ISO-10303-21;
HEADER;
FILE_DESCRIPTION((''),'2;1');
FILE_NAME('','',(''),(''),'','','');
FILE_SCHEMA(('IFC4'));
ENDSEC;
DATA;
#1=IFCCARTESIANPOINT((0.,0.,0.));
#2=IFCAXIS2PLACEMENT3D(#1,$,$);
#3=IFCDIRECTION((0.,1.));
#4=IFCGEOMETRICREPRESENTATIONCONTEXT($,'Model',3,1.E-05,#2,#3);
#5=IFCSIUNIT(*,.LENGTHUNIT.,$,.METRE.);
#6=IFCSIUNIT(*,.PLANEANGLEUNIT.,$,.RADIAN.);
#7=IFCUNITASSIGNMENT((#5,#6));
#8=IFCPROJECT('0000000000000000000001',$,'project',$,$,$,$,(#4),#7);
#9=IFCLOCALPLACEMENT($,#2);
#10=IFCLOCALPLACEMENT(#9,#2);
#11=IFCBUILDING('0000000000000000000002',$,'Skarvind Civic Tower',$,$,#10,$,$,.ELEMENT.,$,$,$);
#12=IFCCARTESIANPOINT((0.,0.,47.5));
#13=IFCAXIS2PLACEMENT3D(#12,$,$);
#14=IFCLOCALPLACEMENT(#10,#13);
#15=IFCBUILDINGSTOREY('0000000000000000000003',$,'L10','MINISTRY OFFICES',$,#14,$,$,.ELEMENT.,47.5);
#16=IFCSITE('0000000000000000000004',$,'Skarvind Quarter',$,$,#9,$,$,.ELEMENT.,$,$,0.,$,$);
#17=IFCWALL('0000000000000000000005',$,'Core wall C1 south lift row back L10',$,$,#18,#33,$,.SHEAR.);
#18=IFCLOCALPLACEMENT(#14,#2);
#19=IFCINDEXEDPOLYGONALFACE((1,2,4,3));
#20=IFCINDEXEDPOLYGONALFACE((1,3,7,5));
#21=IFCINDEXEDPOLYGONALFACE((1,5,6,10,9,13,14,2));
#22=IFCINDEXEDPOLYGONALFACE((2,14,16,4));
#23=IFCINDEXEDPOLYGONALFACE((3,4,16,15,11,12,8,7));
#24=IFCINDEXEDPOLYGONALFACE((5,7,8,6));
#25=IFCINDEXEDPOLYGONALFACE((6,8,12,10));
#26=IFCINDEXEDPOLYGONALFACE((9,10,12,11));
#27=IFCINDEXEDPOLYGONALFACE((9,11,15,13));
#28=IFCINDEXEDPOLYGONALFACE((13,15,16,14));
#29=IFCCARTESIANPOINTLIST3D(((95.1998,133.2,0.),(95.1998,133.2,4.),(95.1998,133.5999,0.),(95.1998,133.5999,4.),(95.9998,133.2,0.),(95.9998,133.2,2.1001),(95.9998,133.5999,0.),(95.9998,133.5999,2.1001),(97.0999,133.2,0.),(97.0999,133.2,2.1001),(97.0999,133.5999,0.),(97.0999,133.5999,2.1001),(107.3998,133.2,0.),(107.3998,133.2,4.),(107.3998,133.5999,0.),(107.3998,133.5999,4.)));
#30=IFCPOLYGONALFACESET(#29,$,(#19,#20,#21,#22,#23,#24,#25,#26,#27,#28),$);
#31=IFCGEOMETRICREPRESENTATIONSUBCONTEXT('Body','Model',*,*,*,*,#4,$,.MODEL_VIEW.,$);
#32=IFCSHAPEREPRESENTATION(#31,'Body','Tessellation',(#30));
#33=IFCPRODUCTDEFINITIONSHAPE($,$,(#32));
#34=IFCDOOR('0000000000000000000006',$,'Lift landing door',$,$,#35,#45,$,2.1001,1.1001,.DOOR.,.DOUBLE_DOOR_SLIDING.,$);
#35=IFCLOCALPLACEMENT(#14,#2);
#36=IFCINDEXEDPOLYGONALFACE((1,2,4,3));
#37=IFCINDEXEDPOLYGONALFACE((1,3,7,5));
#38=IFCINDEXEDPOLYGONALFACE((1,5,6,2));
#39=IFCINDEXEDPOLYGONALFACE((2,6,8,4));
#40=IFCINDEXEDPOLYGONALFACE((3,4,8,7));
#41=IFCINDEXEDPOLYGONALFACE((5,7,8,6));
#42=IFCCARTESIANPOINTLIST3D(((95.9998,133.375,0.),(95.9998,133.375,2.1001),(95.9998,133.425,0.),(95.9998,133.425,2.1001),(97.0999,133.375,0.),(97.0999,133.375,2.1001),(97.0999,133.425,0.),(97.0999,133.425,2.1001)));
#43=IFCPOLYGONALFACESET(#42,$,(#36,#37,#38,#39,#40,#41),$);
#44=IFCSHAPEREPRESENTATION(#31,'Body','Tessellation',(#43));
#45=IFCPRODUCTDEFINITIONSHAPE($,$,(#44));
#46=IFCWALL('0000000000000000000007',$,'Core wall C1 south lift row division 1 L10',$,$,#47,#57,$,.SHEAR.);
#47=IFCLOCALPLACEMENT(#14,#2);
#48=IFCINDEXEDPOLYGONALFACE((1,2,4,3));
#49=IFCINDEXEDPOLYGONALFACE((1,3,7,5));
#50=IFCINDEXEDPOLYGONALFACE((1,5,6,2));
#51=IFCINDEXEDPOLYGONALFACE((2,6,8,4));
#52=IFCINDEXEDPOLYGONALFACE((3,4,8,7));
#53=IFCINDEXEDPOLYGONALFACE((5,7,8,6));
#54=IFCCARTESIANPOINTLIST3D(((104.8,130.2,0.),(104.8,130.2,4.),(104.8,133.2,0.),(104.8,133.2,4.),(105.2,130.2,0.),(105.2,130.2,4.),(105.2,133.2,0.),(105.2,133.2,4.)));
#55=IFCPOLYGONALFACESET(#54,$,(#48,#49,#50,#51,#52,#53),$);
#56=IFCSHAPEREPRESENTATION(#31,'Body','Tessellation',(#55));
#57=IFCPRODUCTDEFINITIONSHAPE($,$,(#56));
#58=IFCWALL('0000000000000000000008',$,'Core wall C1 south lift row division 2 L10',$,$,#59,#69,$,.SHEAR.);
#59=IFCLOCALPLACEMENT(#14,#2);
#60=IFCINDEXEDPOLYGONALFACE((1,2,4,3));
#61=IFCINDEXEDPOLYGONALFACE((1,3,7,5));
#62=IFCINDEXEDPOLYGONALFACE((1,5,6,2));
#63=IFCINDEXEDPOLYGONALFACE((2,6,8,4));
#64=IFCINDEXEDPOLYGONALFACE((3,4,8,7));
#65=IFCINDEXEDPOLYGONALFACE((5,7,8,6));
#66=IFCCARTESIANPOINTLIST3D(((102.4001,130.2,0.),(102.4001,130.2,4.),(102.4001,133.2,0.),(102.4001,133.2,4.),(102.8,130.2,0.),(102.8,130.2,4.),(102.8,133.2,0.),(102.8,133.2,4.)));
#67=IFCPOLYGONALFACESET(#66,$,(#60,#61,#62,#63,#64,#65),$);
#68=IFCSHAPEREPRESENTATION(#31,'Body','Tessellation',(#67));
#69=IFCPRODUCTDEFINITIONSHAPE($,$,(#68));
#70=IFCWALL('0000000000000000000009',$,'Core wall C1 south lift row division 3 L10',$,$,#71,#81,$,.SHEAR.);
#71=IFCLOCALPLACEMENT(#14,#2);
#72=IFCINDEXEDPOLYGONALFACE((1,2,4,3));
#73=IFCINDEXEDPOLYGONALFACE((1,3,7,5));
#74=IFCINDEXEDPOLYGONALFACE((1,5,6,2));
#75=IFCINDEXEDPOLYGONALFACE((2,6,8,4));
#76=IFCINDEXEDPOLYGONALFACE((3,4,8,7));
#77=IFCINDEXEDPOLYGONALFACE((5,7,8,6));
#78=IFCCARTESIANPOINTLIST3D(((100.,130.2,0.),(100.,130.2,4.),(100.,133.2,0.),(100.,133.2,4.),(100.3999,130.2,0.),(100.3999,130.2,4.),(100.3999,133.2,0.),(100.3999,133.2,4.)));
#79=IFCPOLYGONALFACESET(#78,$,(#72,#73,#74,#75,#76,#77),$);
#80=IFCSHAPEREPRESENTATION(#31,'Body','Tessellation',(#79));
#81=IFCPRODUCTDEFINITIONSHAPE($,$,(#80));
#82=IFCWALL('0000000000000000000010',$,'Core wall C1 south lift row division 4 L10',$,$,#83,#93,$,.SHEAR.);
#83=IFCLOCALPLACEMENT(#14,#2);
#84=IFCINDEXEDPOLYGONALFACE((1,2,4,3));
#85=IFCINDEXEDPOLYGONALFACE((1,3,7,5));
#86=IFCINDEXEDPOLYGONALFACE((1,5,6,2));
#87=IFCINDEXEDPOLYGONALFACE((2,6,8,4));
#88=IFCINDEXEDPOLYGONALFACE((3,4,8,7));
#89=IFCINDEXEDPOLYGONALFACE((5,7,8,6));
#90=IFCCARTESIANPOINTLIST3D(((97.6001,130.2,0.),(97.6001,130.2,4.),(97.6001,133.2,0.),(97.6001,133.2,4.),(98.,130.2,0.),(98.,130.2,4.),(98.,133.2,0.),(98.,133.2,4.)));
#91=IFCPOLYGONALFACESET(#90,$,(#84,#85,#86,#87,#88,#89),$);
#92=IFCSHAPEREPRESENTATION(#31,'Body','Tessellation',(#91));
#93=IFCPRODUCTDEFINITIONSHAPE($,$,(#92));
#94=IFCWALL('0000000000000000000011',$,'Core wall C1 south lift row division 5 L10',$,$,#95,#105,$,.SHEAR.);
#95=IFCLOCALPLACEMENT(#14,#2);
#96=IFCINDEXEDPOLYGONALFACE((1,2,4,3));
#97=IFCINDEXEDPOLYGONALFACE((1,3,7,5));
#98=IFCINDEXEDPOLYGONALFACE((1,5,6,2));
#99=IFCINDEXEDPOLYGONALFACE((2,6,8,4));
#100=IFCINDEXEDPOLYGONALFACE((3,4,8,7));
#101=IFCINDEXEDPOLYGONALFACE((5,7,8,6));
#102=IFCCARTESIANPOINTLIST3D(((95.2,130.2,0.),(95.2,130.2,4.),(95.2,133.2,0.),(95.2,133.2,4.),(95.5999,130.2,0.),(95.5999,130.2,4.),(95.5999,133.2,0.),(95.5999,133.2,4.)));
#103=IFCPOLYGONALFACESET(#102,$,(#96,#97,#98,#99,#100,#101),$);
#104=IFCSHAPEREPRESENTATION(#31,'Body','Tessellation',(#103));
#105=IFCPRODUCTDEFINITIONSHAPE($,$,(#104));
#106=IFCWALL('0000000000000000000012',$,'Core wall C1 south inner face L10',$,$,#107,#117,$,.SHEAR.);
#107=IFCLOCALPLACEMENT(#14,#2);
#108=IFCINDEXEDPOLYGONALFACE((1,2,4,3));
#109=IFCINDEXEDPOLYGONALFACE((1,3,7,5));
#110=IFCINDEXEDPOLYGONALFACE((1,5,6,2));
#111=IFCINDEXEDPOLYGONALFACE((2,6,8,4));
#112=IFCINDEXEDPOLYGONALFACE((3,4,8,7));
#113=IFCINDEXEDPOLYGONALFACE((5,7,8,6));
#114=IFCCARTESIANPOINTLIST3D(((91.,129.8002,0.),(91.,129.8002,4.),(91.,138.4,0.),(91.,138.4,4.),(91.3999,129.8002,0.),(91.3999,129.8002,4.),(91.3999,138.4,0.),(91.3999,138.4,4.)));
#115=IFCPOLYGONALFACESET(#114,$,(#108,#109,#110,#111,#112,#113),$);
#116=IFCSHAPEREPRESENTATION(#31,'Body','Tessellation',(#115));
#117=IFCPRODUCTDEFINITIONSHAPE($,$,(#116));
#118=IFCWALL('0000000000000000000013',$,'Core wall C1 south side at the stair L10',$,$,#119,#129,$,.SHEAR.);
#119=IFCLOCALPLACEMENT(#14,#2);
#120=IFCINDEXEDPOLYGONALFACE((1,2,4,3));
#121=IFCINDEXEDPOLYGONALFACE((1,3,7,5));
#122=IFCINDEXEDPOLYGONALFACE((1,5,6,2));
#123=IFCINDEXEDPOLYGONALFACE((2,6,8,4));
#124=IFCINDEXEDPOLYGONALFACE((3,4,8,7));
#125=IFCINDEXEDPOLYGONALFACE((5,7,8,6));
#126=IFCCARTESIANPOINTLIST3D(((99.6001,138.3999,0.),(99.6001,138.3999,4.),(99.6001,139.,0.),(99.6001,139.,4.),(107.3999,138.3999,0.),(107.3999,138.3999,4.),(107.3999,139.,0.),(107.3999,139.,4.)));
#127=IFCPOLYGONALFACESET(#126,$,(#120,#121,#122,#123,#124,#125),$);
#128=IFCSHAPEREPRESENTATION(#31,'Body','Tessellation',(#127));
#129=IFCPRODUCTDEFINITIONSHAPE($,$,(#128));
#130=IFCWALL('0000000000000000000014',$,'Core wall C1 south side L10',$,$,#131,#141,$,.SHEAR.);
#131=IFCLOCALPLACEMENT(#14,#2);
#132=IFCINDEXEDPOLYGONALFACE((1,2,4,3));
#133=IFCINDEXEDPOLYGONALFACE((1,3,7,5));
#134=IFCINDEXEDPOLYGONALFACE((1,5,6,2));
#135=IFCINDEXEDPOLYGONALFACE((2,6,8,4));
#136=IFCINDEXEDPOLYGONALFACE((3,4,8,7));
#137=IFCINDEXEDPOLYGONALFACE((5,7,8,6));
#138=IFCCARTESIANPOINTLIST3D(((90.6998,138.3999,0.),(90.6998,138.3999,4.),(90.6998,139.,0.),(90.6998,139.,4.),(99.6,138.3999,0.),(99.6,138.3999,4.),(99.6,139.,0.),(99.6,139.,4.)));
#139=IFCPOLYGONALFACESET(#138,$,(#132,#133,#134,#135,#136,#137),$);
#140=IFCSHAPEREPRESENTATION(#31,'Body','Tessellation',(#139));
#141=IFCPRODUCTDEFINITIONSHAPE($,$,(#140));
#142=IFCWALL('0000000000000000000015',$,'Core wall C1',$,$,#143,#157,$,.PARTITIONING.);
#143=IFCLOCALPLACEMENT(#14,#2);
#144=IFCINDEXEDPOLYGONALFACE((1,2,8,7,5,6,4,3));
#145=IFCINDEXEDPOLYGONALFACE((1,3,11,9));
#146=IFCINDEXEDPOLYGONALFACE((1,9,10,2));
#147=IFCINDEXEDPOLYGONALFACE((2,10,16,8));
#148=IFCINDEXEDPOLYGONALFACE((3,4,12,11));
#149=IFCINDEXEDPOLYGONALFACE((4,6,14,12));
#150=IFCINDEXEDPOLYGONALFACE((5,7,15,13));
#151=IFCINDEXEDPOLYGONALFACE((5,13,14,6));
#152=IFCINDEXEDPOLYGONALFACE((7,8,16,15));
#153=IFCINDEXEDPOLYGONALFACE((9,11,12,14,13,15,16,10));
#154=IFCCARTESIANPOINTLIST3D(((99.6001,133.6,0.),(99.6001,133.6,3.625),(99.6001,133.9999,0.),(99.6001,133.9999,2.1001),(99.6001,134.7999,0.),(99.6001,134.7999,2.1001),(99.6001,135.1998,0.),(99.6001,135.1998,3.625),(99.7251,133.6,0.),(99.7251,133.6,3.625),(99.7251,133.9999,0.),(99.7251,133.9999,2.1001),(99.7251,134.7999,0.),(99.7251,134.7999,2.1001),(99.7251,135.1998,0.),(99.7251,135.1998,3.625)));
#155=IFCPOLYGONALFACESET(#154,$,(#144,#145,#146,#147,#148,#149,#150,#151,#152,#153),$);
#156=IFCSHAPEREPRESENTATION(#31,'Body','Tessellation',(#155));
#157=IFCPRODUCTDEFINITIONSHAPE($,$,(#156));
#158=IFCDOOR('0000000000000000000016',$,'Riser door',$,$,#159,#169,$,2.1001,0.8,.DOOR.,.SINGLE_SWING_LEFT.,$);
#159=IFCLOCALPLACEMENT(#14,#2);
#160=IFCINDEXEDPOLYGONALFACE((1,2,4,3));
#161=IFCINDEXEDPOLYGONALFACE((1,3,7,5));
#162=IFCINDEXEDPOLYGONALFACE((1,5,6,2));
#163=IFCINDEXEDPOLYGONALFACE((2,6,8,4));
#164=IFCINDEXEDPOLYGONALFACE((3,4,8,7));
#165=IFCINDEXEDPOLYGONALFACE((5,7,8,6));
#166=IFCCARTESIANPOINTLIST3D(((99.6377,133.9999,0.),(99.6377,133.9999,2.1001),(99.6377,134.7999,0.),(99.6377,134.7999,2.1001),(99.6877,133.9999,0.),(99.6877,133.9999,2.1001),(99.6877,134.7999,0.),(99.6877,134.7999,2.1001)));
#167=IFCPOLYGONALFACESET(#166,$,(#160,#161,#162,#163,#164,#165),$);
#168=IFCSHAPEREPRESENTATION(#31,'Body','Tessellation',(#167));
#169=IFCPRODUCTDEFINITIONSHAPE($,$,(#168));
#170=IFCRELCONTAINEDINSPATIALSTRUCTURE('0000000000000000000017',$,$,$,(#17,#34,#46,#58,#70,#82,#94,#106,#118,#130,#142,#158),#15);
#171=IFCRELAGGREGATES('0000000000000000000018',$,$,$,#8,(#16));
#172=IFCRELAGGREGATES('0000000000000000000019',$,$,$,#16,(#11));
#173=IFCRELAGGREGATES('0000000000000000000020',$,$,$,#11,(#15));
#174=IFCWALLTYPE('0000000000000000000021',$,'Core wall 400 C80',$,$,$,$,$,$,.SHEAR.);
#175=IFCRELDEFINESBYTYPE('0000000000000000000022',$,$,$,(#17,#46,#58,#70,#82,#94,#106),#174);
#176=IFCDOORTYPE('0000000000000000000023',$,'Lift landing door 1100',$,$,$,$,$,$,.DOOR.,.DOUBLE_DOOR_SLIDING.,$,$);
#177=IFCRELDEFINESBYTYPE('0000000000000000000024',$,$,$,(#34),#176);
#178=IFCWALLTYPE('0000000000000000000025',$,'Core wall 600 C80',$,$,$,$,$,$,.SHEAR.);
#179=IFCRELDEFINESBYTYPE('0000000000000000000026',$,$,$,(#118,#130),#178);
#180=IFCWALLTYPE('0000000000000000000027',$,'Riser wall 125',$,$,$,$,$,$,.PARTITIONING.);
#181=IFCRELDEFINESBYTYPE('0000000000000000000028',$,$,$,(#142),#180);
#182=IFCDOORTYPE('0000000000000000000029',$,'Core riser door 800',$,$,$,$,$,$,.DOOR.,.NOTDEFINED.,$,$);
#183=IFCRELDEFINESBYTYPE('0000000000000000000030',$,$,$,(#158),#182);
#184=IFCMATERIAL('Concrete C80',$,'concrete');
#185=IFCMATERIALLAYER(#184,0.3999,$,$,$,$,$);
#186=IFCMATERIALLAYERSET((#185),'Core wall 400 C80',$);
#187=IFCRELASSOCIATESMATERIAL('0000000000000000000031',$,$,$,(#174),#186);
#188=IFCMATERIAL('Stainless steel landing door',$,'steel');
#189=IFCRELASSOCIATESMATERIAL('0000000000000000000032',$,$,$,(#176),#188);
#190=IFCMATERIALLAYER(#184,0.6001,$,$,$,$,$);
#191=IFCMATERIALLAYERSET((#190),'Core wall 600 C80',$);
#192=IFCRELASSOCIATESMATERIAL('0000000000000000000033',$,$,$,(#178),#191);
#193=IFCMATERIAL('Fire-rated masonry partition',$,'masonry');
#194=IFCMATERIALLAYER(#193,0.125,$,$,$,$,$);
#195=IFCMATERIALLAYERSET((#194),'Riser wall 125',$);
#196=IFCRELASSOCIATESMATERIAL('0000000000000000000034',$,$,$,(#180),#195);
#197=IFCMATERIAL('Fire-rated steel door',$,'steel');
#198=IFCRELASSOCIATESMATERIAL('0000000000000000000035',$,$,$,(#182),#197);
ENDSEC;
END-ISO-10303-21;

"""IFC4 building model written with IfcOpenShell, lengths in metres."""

from ifc_helpers import new_model, si_unit, direction, frame, frame_2d, origin, place, context, subcontext, project, spatial, rectangle, extrude, material, layer, layer_set, type_object, element, fill, save


model = new_model("IFC4")

# Units and contexts
model_context = context("Model", 3, precision=1e-05, world=origin(), true_north=direction((0.0, 1.0)))
body_context = subcontext(model_context, "Body", "Model", "MODEL_VIEW")
ifc_project = project(units=[si_unit("LENGTHUNIT", "METRE"), si_unit("PLANEANGLEUNIT", "RADIAN")], contexts=[model_context])

# Site, building, storey
site_placement = place(None, origin())
site = spatial("IfcSite", under=ifc_project, at=site_placement, Name="Skarvind Quarter", CompositionType="ELEMENT", RefElevation=0.0)
building_placement = place(site_placement, origin())
building = spatial("IfcBuilding", under=site, at=building_placement, Name="Skarvind Civic Tower", CompositionType="ELEMENT")
storey_placement = place(building_placement, frame((0.0, 0.0, 47.5)))
storey = spatial("IfcBuildingStorey", under=building, at=storey_placement, Name="L10", Description="MINISTRY OFFICES", CompositionType="ELEMENT", Elevation=47.5)

# Shared definitions
ifc_material_1 = material(Name="Fire-rated masonry partition", Category="masonry")
ifc_material_2 = material(Name="Fire-rated steel door", Category="steel")

# Shared definitions
ifc_material_3 = material(Name="Concrete C80", Category="concrete")
ifc_layer_1 = layer(ifc_material_3, 0.3999)
ifc_layer_set_1 = layer_set([ifc_layer_1], Name="Core wall 400 C80")
wall_type_1 = type_object("IfcWallType", Name="Core wall 400 C80", PredefinedType="SHEAR", material=ifc_layer_set_1)

# Shared definitions
ifc_material_4 = material(Name="Stainless steel landing door", Category="steel")
door_type_1 = type_object("IfcDoorType", Name="Lift landing door 1100", OperationType="DOUBLE_DOOR_SLIDING", PredefinedType="DOOR", material=ifc_material_4)

# Wall, opening, door
wall_1_placement = place(storey_placement, frame((107.3999, 133.3999, 0.0), z_axis=(0.0, 0.0, 1.0), x_axis=(-1.0, 0.0, 0.0)))
wall_1 = element("IfcWall", 1, at=wall_1_placement, inside=storey, type_object=wall_type_1, Name="Core wall C1 south lift row back L10", PredefinedType="SHEAR", context=body_context, shape_type="SweptSolid", body=[
    extrude(rectangle(XDim=12.2, YDim=0.3999, at=frame_2d((6.1001, 0.0))), origin(), (0.0, 0.0, 1.0), 4.0),
])
opening_1_placement = place(wall_1_placement, frame((10.3, 0.0, 0.0)))
opening_1 = element("IfcOpeningElement", 2, at=opening_1_placement, cuts=wall_1, PredefinedType="OPENING", context=body_context, shape_type="SweptSolid", body=[
    extrude(rectangle(XDim=1.1001, YDim=2.1001, at=frame_2d((0.55, 1.05))), frame((0.0, 0.21, 0.0), z_axis=(0.0, -1.0, 0.0), x_axis=(1.0, 0.0, 0.0)), (0.0, 0.0, 1.0), 0.4199),
])
door_1_placement = place(opening_1_placement, origin())
door_1 = element("IfcDoor", 3, at=door_1_placement, inside=storey, type_object=door_type_1, Name="Lift landing door", OperationType="DOUBLE_DOOR_SLIDING", OverallHeight=2.1001, OverallWidth=1.1001, PredefinedType="DOOR", context=body_context, shape_type="SweptSolid", body=[
    extrude(rectangle(XDim=1.1001, YDim=2.1001, at=frame_2d((0.55, 1.05))), frame((0.0, 0.0249, 0.0), z_axis=(0.0, -1.0, 0.0), x_axis=(1.0, 0.0, 0.0)), (0.0, 0.0, 1.0), 0.05),
])
fill(opening_1, door_1)

# Walls
for number, where, z_axis, x_axis, name in (
    (4, (105.0, 133.2, 0.0), (0.0, 0.0, 1.0), (0.0, -1.0, 0.0), "Core wall C1 south lift row division 1 L10"),
    (5, (102.6001, 133.2, 0.0), (0.0, 0.0, 1.0), (0.0, -1.0, 0.0), "Core wall C1 south lift row division 2 L10"),
    (6, (100.2, 133.2, 0.0), (0.0, 0.0, 1.0), (0.0, -1.0, 0.0), "Core wall C1 south lift row division 3 L10"),
    (7, (97.8, 133.2, 0.0), (0.0, 0.0, 1.0), (0.0, -1.0, 0.0), "Core wall C1 south lift row division 4 L10"),
    (8, (95.3999, 133.2, 0.0), (0.0, 0.0, 1.0), (0.0, -1.0, 0.0), "Core wall C1 south lift row division 5 L10"),
):
    element("IfcWall", number, at=place(storey_placement, frame(where, z_axis=z_axis, x_axis=x_axis)), inside=storey, type_object=wall_type_1, Name=name, PredefinedType="SHEAR", context=body_context, shape_type="SweptSolid", body=[
        extrude(rectangle(XDim=3.0, YDim=0.3999, at=frame_2d((1.5, 0.0))), origin(), (0.0, 0.0, 1.0), 4.0),
    ])
wall_2_placement = place(storey_placement, frame((91.2, 138.3999, 0.0), z_axis=(0.0, 0.0, 1.0), x_axis=(0.0, -1.0, 0.0)))
element("IfcWall", 9, at=wall_2_placement, inside=storey, type_object=wall_type_1, Name="Core wall C1 south inner face L10", PredefinedType="SHEAR", context=body_context, shape_type="SweptSolid", body=[
    extrude(rectangle(XDim=8.5999, YDim=0.3999, at=frame_2d((4.2998, 0.0))), origin(), (0.0, 0.0, 1.0), 4.0),
])
ifc_layer_2 = layer(ifc_material_3, 0.6001)
ifc_layer_set_2 = layer_set([ifc_layer_2], Name="Core wall 600 C80")
wall_type_2 = type_object("IfcWallType", Name="Core wall 600 C80", PredefinedType="SHEAR", material=ifc_layer_set_2)
wall_3_placement = place(storey_placement, frame((107.3999, 138.7, 0.0), z_axis=(0.0, 0.0, 1.0), x_axis=(-1.0, 0.0, 0.0)))
element("IfcWall", 10, at=wall_3_placement, inside=storey, type_object=wall_type_2, Name="Core wall C1 south side at the stair L10", PredefinedType="SHEAR", context=body_context, shape_type="SweptSolid", body=[
    extrude(rectangle(XDim=7.7998, YDim=0.6001, at=frame_2d((3.8999, 0.0))), origin(), (0.0, 0.0, 1.0), 4.0),
])
wall_4_placement = place(storey_placement, frame((99.6001, 138.7, 0.0), z_axis=(0.0, 0.0, 1.0), x_axis=(-1.0, 0.0, 0.0)))
element("IfcWall", 11, at=wall_4_placement, inside=storey, type_object=wall_type_2, Name="Core wall C1 south side L10", PredefinedType="SHEAR", context=body_context, shape_type="SweptSolid", body=[
    extrude(rectangle(XDim=8.9001, YDim=0.6001, at=frame_2d((4.4502, 0.0))), origin(), (0.0, 0.0, 1.0), 4.0),
])

# Wall, opening, door
ifc_layer_3 = layer(ifc_material_1, 0.125)
ifc_layer_set_3 = layer_set([ifc_layer_3], Name="Riser wall 125")
wall_type_3 = type_object("IfcWallType", Name="Riser wall 125", PredefinedType="PARTITIONING", material=ifc_layer_set_3)
wall_5_placement = place(storey_placement, frame((99.6626, 133.6001, 0.0), z_axis=(0.0, 0.0, 1.0), x_axis=(0.0, 1.0, 0.0)))
wall_5 = element("IfcWall", 12, at=wall_5_placement, inside=storey, type_object=wall_type_3, Name="Core wall C1", PredefinedType="PARTITIONING", context=body_context, shape_type="SweptSolid", body=[
    extrude(rectangle(XDim=1.5999, YDim=0.125, at=frame_2d((0.7998, 0.0))), origin(), (0.0, 0.0, 1.0), 3.625),
])
opening_2_placement = place(wall_5_placement, frame((0.3999, 0.0, 0.0)))
opening_2 = element("IfcOpeningElement", 13, at=opening_2_placement, cuts=wall_5, PredefinedType="OPENING", context=body_context, shape_type="SweptSolid", body=[
    extrude(rectangle(XDim=0.8, YDim=2.1001, at=frame_2d((0.3999, 1.05))), frame((0.0, 0.0725, 0.0), z_axis=(0.0, -1.0, 0.0), x_axis=(1.0, 0.0, 0.0)), (0.0, 0.0, 1.0), 0.145),
])
door_type_2 = type_object("IfcDoorType", Name="Core riser door 800", OperationType="NOTDEFINED", PredefinedType="DOOR", material=ifc_material_2)
door_2_placement = place(opening_2_placement, origin())
door_2 = element("IfcDoor", 14, at=door_2_placement, inside=storey, type_object=door_type_2, Name="Riser door", OperationType="SINGLE_SWING_LEFT", OverallHeight=2.1001, OverallWidth=0.8, PredefinedType="DOOR", context=body_context, shape_type="SweptSolid", body=[
    extrude(rectangle(XDim=0.8, YDim=2.1001, at=frame_2d((0.3999, 1.05))), frame((0.0, 0.0249, 0.0), z_axis=(0.0, -1.0, 0.0), x_axis=(1.0, 0.0, 0.0)), (0.0, 0.0, 1.0), 0.05),
])
fill(opening_2, door_2)

save(model, "model.ifc")
